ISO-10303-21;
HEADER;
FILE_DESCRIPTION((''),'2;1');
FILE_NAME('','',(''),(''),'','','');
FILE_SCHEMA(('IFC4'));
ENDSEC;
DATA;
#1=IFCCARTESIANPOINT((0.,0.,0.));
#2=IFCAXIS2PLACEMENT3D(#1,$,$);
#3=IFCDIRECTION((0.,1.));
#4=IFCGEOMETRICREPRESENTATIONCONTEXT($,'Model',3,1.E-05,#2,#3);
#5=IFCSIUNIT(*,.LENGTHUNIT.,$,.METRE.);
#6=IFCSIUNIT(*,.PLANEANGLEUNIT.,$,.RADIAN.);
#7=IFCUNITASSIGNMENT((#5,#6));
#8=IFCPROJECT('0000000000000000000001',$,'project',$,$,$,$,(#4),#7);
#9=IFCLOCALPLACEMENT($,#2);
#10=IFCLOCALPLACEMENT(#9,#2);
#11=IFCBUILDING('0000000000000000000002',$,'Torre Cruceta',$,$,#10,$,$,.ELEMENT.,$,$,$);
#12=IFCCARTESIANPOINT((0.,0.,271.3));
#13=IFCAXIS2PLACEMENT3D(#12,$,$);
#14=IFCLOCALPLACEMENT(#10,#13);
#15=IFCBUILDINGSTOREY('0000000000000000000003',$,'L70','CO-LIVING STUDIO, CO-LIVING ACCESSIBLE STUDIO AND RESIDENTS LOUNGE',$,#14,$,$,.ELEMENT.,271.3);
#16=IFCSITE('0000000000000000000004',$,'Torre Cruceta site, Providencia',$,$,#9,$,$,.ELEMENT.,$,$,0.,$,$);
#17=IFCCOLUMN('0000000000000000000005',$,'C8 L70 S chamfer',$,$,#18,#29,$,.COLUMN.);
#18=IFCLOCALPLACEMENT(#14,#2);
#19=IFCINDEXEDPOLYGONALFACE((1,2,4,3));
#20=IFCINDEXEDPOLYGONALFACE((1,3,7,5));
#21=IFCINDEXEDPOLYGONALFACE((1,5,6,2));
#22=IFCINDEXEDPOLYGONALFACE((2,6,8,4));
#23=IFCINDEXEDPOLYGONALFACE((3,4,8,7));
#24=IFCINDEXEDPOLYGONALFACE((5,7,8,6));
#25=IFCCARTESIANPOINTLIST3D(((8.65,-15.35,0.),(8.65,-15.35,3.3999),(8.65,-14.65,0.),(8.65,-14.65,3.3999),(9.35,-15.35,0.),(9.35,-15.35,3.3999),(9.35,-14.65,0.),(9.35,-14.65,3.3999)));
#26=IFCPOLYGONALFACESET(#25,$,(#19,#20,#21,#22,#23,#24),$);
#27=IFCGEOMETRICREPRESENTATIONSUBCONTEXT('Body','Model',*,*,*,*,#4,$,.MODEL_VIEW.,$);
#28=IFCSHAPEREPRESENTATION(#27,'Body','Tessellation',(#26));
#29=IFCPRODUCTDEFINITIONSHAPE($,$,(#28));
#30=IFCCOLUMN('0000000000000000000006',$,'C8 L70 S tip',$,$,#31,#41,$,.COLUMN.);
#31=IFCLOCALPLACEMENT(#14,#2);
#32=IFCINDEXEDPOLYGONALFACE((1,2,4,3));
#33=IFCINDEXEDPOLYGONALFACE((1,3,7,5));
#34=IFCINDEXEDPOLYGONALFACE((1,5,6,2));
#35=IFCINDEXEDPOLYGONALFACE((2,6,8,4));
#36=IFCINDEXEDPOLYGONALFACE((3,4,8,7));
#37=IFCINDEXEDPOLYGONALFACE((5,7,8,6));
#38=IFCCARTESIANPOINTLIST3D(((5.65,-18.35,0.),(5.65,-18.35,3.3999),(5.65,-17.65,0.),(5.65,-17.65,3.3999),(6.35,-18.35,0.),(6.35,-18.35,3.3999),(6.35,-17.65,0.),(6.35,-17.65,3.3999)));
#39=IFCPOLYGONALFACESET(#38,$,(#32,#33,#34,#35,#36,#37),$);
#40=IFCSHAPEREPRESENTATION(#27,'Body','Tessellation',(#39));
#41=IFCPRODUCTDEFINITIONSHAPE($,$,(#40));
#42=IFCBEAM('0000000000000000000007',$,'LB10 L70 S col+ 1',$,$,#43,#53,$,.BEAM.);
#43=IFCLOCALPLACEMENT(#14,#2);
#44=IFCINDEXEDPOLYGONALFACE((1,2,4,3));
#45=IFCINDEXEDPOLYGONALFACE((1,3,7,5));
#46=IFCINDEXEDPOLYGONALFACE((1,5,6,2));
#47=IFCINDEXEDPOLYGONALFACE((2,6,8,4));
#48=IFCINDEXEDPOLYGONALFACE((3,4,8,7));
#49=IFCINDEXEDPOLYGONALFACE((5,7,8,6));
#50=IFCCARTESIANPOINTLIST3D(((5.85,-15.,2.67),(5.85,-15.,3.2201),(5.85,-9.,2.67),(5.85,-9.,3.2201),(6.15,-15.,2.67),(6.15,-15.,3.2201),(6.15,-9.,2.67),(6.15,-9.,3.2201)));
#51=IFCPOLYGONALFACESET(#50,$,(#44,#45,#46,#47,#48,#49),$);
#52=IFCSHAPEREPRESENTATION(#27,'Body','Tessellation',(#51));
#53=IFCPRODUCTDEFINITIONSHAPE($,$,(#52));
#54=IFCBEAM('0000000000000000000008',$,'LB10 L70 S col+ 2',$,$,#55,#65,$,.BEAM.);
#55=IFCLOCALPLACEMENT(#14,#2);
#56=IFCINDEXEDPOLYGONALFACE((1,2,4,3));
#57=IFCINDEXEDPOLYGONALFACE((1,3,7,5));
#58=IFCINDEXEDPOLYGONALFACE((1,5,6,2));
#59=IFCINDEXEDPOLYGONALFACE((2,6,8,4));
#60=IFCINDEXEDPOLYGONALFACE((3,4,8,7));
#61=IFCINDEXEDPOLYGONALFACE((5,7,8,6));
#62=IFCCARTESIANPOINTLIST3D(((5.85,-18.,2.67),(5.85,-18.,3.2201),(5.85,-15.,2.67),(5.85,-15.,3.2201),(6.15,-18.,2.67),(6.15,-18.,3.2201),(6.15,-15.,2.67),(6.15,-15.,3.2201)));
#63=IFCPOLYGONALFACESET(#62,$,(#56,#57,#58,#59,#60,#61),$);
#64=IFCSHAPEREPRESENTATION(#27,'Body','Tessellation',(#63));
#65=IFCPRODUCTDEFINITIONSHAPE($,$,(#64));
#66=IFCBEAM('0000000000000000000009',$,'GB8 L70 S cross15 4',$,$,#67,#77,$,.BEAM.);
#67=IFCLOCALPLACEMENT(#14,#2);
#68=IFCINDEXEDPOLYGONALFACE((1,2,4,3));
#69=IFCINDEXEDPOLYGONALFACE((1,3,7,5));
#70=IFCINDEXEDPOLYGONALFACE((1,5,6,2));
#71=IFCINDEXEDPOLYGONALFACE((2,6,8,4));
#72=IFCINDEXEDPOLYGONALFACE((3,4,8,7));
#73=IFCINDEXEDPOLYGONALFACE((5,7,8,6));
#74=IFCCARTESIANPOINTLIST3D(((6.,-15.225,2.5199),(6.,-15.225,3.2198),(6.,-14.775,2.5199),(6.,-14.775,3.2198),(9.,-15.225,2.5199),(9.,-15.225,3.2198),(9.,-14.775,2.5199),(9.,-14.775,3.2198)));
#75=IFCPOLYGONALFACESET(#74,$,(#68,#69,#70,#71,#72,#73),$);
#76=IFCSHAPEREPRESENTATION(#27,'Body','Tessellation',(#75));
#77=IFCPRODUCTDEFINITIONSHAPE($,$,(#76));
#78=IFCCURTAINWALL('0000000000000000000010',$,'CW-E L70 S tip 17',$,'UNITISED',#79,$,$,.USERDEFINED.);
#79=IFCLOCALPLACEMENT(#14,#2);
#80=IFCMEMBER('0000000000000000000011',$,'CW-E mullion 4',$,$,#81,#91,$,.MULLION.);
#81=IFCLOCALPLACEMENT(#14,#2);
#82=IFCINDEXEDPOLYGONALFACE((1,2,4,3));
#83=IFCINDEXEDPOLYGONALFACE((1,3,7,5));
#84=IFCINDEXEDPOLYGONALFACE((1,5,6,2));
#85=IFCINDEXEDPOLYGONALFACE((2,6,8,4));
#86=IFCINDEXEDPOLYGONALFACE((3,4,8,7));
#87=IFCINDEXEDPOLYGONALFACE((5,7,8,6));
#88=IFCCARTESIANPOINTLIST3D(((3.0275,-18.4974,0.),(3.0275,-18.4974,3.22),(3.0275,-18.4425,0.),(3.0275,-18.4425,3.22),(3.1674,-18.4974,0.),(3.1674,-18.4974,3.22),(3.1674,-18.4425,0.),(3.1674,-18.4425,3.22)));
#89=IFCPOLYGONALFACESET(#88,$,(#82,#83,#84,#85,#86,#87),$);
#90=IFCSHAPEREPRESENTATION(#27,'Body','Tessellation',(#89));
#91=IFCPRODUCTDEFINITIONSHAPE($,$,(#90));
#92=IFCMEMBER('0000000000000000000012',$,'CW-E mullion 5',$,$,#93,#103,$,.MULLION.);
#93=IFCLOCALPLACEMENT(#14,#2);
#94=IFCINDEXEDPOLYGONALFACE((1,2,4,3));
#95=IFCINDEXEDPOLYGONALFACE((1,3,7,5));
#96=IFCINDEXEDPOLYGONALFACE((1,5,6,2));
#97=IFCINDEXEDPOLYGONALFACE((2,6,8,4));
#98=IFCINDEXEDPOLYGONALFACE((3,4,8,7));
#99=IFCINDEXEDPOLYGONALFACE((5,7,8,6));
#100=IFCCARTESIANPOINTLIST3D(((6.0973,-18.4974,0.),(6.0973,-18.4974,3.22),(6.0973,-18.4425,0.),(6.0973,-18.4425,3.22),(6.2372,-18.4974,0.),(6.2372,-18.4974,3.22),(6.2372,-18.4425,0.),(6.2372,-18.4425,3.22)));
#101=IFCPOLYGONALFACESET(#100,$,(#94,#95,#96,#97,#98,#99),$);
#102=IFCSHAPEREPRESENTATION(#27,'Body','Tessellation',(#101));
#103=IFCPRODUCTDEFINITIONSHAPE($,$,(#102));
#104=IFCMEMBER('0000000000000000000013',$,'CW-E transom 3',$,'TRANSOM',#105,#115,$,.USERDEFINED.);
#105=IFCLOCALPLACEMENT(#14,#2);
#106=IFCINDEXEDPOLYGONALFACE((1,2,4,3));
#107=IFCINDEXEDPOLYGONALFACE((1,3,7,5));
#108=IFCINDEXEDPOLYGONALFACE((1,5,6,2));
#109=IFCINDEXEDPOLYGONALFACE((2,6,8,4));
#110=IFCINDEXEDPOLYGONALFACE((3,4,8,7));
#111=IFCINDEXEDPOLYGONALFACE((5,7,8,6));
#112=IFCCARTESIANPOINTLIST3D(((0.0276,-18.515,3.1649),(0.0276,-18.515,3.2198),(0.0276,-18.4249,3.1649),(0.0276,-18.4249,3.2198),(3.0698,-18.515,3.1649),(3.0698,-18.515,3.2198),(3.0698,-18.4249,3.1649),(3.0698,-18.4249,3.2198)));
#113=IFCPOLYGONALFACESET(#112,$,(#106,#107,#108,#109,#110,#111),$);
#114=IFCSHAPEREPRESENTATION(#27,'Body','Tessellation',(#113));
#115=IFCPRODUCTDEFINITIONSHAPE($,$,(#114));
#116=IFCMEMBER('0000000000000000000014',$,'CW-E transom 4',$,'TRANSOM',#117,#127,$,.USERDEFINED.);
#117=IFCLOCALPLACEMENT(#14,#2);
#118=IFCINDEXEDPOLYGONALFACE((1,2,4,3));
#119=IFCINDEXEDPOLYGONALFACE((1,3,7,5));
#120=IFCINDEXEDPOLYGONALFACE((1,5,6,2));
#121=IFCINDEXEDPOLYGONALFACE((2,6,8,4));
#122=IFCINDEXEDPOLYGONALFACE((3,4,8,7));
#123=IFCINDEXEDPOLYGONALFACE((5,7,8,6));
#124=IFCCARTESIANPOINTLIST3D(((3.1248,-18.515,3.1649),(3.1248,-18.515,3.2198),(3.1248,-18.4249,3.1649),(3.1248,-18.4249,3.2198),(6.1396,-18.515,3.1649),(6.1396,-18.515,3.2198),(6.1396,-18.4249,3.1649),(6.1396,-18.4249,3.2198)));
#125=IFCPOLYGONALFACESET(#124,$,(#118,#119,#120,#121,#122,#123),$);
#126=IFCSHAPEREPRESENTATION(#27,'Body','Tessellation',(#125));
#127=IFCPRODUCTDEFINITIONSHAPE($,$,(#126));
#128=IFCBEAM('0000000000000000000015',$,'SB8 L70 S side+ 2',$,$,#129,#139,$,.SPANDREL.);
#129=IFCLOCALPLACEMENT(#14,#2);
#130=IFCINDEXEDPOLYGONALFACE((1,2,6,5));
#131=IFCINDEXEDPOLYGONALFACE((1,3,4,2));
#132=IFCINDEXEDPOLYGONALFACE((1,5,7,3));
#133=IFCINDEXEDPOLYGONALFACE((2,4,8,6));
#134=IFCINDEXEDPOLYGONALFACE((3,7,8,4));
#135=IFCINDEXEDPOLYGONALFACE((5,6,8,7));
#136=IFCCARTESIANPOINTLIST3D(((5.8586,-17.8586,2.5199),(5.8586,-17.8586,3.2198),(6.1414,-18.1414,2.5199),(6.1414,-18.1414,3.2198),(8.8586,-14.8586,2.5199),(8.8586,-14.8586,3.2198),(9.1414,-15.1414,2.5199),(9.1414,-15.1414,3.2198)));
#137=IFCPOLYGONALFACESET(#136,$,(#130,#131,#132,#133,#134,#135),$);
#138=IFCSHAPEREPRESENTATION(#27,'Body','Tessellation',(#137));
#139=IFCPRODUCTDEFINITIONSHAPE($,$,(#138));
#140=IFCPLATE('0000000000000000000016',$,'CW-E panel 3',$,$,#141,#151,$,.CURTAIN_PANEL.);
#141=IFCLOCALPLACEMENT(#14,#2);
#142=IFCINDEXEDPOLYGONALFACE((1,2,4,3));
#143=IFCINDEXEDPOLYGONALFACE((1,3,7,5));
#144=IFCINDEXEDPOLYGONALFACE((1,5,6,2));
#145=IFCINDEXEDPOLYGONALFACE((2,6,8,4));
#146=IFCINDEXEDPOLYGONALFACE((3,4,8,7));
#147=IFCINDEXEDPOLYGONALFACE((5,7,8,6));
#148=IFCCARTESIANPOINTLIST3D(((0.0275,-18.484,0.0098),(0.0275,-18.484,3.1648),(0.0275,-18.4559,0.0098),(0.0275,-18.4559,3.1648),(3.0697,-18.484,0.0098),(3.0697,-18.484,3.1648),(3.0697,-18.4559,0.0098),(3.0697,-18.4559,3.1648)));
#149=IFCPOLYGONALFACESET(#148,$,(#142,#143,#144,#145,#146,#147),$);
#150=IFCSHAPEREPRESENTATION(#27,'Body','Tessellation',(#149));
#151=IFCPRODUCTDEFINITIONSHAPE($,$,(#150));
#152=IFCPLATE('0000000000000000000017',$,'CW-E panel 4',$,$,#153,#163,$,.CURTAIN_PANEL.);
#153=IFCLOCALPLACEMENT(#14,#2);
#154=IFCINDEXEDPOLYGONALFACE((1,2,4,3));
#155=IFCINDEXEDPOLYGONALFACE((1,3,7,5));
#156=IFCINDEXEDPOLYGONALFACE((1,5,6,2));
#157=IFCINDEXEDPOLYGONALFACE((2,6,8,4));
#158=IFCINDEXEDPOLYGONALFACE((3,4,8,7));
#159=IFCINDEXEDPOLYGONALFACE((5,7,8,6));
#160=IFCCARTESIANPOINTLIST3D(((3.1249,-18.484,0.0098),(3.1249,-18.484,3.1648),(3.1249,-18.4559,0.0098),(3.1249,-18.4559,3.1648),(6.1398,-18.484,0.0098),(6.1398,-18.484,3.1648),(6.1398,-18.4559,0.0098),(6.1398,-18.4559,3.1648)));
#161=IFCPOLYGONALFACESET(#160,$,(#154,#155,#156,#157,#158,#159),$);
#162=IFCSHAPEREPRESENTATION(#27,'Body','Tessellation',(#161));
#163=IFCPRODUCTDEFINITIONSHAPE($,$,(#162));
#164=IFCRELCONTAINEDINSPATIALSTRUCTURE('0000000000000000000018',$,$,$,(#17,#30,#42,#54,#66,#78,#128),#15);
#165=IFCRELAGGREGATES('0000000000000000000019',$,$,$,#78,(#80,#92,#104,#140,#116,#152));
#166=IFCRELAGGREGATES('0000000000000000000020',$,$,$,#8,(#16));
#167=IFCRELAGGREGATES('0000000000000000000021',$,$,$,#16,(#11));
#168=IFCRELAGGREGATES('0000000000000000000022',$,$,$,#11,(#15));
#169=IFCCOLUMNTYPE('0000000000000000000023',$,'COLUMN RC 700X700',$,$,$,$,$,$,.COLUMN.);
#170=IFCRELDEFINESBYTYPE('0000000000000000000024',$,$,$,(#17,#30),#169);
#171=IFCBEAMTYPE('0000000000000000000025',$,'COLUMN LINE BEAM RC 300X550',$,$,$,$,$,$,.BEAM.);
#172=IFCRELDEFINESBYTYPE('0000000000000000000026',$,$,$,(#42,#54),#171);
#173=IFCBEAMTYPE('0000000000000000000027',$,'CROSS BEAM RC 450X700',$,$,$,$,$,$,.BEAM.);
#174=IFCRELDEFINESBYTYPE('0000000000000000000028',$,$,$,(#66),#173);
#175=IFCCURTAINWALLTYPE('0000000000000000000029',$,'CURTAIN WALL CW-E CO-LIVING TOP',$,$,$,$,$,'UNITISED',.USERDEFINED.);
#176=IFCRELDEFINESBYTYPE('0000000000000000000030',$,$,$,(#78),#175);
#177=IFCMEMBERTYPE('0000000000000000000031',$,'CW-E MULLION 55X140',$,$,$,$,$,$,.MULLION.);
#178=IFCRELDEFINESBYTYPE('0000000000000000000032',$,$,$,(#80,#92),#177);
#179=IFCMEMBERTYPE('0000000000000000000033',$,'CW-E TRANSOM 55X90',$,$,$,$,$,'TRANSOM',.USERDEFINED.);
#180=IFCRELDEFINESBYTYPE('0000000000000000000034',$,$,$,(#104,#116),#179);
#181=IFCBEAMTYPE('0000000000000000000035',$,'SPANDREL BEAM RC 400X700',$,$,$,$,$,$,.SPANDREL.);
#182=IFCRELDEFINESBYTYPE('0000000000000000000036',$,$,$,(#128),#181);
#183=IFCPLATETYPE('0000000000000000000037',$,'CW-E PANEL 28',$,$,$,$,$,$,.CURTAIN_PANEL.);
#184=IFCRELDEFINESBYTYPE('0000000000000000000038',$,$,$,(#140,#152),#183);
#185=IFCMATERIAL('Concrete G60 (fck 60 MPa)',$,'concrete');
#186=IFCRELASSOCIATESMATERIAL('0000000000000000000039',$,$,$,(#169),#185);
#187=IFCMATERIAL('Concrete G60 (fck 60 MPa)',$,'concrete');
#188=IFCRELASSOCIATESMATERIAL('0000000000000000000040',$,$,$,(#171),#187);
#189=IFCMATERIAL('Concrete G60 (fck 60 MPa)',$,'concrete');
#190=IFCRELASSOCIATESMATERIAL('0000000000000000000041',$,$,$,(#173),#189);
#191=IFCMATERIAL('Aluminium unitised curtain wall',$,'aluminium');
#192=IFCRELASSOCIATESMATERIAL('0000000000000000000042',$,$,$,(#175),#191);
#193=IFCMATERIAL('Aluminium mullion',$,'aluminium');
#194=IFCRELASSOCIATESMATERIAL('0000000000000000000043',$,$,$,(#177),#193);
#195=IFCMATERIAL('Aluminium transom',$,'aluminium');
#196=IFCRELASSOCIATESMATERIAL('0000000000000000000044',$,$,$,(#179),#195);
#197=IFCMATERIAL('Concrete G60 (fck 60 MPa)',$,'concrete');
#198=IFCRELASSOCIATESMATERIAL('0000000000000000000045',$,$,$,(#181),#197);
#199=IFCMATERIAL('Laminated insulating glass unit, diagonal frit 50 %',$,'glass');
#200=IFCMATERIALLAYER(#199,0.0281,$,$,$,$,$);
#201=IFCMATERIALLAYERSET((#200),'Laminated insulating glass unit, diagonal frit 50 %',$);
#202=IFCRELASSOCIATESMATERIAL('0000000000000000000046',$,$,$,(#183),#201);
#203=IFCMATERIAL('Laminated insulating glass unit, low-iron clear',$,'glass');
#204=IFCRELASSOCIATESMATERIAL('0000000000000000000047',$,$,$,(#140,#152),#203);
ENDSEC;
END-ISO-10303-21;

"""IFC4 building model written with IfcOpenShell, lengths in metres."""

from ifc_helpers import new_model, si_unit, direction, frame, origin, origin_2d, place, context, subcontext, project, spatial, rectangle, extrude, material, layer, layer_set, material_profile, profile_set, type_object, element, aggregate, save


model = new_model("IFC4")

# Units and contexts
model_context = context("Model", 3, precision=1e-05, world=origin(), true_north=direction((0.0, 1.0)))
body_context = subcontext(model_context, "Body", "Model", "MODEL_VIEW")
ifc_project = project(units=[si_unit("LENGTHUNIT", "METRE"), si_unit("PLANEANGLEUNIT", "RADIAN")], contexts=[model_context])

# Site, building, storey
site_placement = place(None, origin())
site = spatial("IfcSite", under=ifc_project, at=site_placement, Name="Torre Cruceta site, Providencia", CompositionType="ELEMENT", RefElevation=0.0)
building_placement = place(site_placement, origin())
building = spatial("IfcBuilding", under=site, at=building_placement, Name="Torre Cruceta", CompositionType="ELEMENT")
storey_placement = place(building_placement, frame((0.0, 0.0, 271.3)))
storey = spatial("IfcBuildingStorey", under=building, at=storey_placement, Name="L70", Description="CO-LIVING STUDIO, CO-LIVING ACCESSIBLE STUDIO AND RESIDENTS LOUNGE", CompositionType="ELEMENT", Elevation=271.3)

# Columns
ifc_material_1 = material(Name="Concrete G60 (fck 60 MPa)", Category="concrete")
ifc_material_profile_1 = material_profile(ifc_material_1, rectangle(XDim=0.7, YDim=0.7, at=origin_2d()), Name="RC 700X700")
ifc_profile_set_1 = profile_set([ifc_material_profile_1], Name="Concrete G60 (fck 60 MPa)")
column_type = type_object("IfcColumnType", Name="COLUMN RC 700X700", PredefinedType="COLUMN", material=ifc_profile_set_1)
for number, where, z_axis, x_axis, name in (
    (1, (9.0, -15.0, 0.0), (0.0, 0.0, 1.0), (1.0, 0.0, 0.0), "C8 L70 S chamfer"),
    (2, (6.0, -18.0, 0.0), (0.0, 0.0, 1.0), (1.0, 0.0, 0.0), "C8 L70 S tip"),
):
    element("IfcColumn", number, at=place(storey_placement, frame(where, z_axis=z_axis, x_axis=x_axis)), inside=storey, type_object=column_type, Name=name, PredefinedType="COLUMN", context=body_context, shape_type="SweptSolid", body=[
        extrude(rectangle(XDim=0.7, YDim=0.7, at=origin_2d()), origin(), (0.0, 0.0, 1.0), 3.3999),
    ])

# Beams
ifc_material_2 = material(Name="Concrete G60 (fck 60 MPa)", Category="concrete")
ifc_material_profile_2 = material_profile(ifc_material_2, rectangle(XDim=0.3, YDim=0.55, at=origin_2d()), Name="RC 300X550")
ifc_profile_set_2 = profile_set([ifc_material_profile_2], Name="Concrete G60 (fck 60 MPa)")
beam_type_1 = type_object("IfcBeamType", Name="COLUMN LINE BEAM RC 300X550", PredefinedType="BEAM", material=ifc_profile_set_2)
beam_1_placement = place(storey_placement, frame((6.0, -9.0, 2.9451), z_axis=(0.0, -1.0, 0.0), x_axis=(1.0, 0.0, 0.0)))
element("IfcBeam", 3, at=beam_1_placement, inside=storey, type_object=beam_type_1, Name="LB10 L70 S col+ 1", PredefinedType="BEAM", context=body_context, shape_type="SweptSolid", body=[
    extrude(rectangle(XDim=0.3, YDim=0.55, at=origin_2d()), origin(), (0.0, 0.0, 1.0), 6.0),
])
beam_2_placement = place(storey_placement, frame((6.0, -15.0, 2.9451), z_axis=(0.0, -1.0, 0.0), x_axis=(1.0, 0.0, 0.0)))
element("IfcBeam", 4, at=beam_2_placement, inside=storey, type_object=beam_type_1, Name="LB10 L70 S col+ 2", PredefinedType="BEAM", context=body_context, shape_type="SweptSolid", body=[
    extrude(rectangle(XDim=0.3, YDim=0.55, at=origin_2d()), origin(), (0.0, 0.0, 1.0), 3.0),
])
ifc_material_3 = material(Name="Concrete G60 (fck 60 MPa)", Category="concrete")
ifc_material_profile_3 = material_profile(ifc_material_3, rectangle(XDim=0.45, YDim=0.7, at=origin_2d()), Name="RC 450X700")
ifc_profile_set_3 = profile_set([ifc_material_profile_3], Name="Concrete G60 (fck 60 MPa)")
beam_type_2 = type_object("IfcBeamType", Name="CROSS BEAM RC 450X700", PredefinedType="BEAM", material=ifc_profile_set_3)
beam_3_placement = place(storey_placement, frame((6.0, -15.0, 2.8699), z_axis=(1.0, 0.0, 0.0), x_axis=(0.0, 1.0, 0.0)))
element("IfcBeam", 5, at=beam_3_placement, inside=storey, type_object=beam_type_2, Name="GB8 L70 S cross15 4", PredefinedType="BEAM", context=body_context, shape_type="SweptSolid", body=[
    extrude(rectangle(XDim=0.45, YDim=0.7, at=origin_2d()), origin(), (0.0, 0.0, 1.0), 3.0),
])

# Curtain wall, members
ifc_material_4 = material(Name="Aluminium unitised curtain wall", Category="aluminium")
curtain_wall_type = type_object("IfcCurtainWallType", Name="CURTAIN WALL CW-E CO-LIVING TOP", ElementType="UNITISED", PredefinedType="USERDEFINED", material=ifc_material_4)
curtain_wall_placement = place(storey_placement, origin())
curtain_wall = element("IfcCurtainWall", 6, at=curtain_wall_placement, inside=storey, type_object=curtain_wall_type, Name="CW-E L70 S tip 17", ObjectType="UNITISED", PredefinedType="USERDEFINED")
ifc_material_5 = material(Name="Aluminium mullion", Category="aluminium")
ifc_material_profile_4 = material_profile(ifc_material_5, rectangle(XDim=0.0549, YDim=0.1399, at=origin_2d()), Name="AL 55X140")
ifc_profile_set_4 = profile_set([ifc_material_profile_4], Name="Aluminium mullion")
member_type_1 = type_object("IfcMemberType", Name="CW-E MULLION 55X140", PredefinedType="MULLION", material=ifc_profile_set_4)
member_1_placement = place(storey_placement, frame((3.0974, -18.47, 0.0), z_axis=(0.0, 0.0, 1.0), x_axis=(0.0, 1.0, 0.0)))
member_1 = element("IfcMember", 7, at=member_1_placement, type_object=member_type_1, Name="CW-E mullion 4", PredefinedType="MULLION", context=body_context, shape_type="SweptSolid", body=[
    extrude(rectangle(XDim=0.0549, YDim=0.1399, at=origin_2d()), origin(), (0.0, 0.0, 1.0), 3.22),
])
member_2_placement = place(storey_placement, frame((6.1672, -18.47, 0.0), z_axis=(0.0, 0.0, 1.0), x_axis=(0.0, 1.0, 0.0)))
member_2 = element("IfcMember", 8, at=member_2_placement, type_object=member_type_1, Name="CW-E mullion 5", PredefinedType="MULLION", context=body_context, shape_type="SweptSolid", body=[
    extrude(rectangle(XDim=0.0549, YDim=0.1399, at=origin_2d()), origin(), (0.0, 0.0, 1.0), 3.22),
])
ifc_material_6 = material(Name="Aluminium transom", Category="aluminium")
ifc_material_profile_5 = material_profile(ifc_material_6, rectangle(XDim=0.0901, YDim=0.0549, at=origin_2d()), Name="AL 90X55")
ifc_profile_set_5 = profile_set([ifc_material_profile_5], Name="Aluminium transom")
member_type_2 = type_object("IfcMemberType", Name="CW-E TRANSOM 55X90", ElementType="TRANSOM", PredefinedType="USERDEFINED", material=ifc_profile_set_5)
member_3_placement = place(storey_placement, frame((0.0276, -18.47, 3.1924), z_axis=(1.0, 0.0, 0.0), x_axis=(0.0, 1.0, 0.0)))
member_3 = element("IfcMember", 9, at=member_3_placement, type_object=member_type_2, Name="CW-E transom 3", ObjectType="TRANSOM", PredefinedType="USERDEFINED", context=body_context, shape_type="SweptSolid", body=[
    extrude(rectangle(XDim=0.0901, YDim=0.0549, at=origin_2d()), origin(), (0.0, 0.0, 1.0), 3.0422),
])
member_4_placement = place(storey_placement, frame((3.1248, -18.47, 3.1924), z_axis=(1.0, 0.0, 0.0), x_axis=(0.0, 1.0, 0.0)))
member_4 = element("IfcMember", 10, at=member_4_placement, type_object=member_type_2, Name="CW-E transom 4", ObjectType="TRANSOM", PredefinedType="USERDEFINED", context=body_context, shape_type="SweptSolid", body=[
    extrude(rectangle(XDim=0.0901, YDim=0.0549, at=origin_2d()), origin(), (0.0, 0.0, 1.0), 3.0149),
])

# Beam
ifc_material_7 = material(Name="Concrete G60 (fck 60 MPa)", Category="concrete")
ifc_material_profile_6 = material_profile(ifc_material_7, rectangle(XDim=0.3999, YDim=0.7, at=origin_2d()), Name="RC 400X700")
ifc_profile_set_6 = profile_set([ifc_material_profile_6], Name="Concrete G60 (fck 60 MPa)")
beam_type_3 = type_object("IfcBeamType", Name="SPANDREL BEAM RC 400X700", PredefinedType="SPANDREL", material=ifc_profile_set_6)
beam_4_placement = place(storey_placement, frame((9.0, -15.0, 2.8699), z_axis=(-0.707107, -0.707107, 0.0), x_axis=(0.707107, -0.707107, 0.0)))
element("IfcBeam", 11, at=beam_4_placement, inside=storey, type_object=beam_type_3, Name="SB8 L70 S side+ 2", PredefinedType="SPANDREL", context=body_context, shape_type="SweptSolid", body=[
    extrude(rectangle(XDim=0.3999, YDim=0.7, at=origin_2d()), origin(), (0.0, 0.0, 1.0), 4.2427),
])

# Plates
ifc_material_8 = material(Name="Laminated insulating glass unit, low-iron clear", Category="glass")
ifc_material_9 = material(Name="Laminated insulating glass unit, diagonal frit 50 %", Category="glass")
ifc_layer_1 = layer(ifc_material_9, 0.0281)
ifc_layer_set_1 = layer_set([ifc_layer_1], Name="Laminated insulating glass unit, diagonal frit 50 %")
plate_type = type_object("IfcPlateType", Name="CW-E PANEL 28", PredefinedType="CURTAIN_PANEL", material=ifc_layer_set_1)
plate_1_placement = place(storey_placement, frame((1.5486, -18.47, 0.0098), z_axis=(0.0, 0.0, 1.0), x_axis=(1.0, 0.0, 0.0)))
plate_1 = element("IfcPlate", 12, at=plate_1_placement, type_object=plate_type, material=ifc_material_8, Name="CW-E panel 3", PredefinedType="CURTAIN_PANEL", context=body_context, shape_type="SweptSolid", body=[
    extrude(rectangle(XDim=3.0422, YDim=0.0281, at=origin_2d()), origin(), (0.0, 0.0, 1.0), 3.155),
])
plate_2_placement = place(storey_placement, frame((4.6323, -18.47, 0.0098), z_axis=(0.0, 0.0, 1.0), x_axis=(1.0, 0.0, 0.0)))
plate_2 = element("IfcPlate", 13, at=plate_2_placement, type_object=plate_type, material=ifc_material_8, Name="CW-E panel 4", PredefinedType="CURTAIN_PANEL", context=body_context, shape_type="SweptSolid", body=[
    extrude(rectangle(XDim=3.0149, YDim=0.0281, at=origin_2d()), origin(), (0.0, 0.0, 1.0), 3.155),
])
aggregate(curtain_wall, [member_1, member_2, member_3, plate_1, member_4, plate_2])

save(model, "model.ifc")
